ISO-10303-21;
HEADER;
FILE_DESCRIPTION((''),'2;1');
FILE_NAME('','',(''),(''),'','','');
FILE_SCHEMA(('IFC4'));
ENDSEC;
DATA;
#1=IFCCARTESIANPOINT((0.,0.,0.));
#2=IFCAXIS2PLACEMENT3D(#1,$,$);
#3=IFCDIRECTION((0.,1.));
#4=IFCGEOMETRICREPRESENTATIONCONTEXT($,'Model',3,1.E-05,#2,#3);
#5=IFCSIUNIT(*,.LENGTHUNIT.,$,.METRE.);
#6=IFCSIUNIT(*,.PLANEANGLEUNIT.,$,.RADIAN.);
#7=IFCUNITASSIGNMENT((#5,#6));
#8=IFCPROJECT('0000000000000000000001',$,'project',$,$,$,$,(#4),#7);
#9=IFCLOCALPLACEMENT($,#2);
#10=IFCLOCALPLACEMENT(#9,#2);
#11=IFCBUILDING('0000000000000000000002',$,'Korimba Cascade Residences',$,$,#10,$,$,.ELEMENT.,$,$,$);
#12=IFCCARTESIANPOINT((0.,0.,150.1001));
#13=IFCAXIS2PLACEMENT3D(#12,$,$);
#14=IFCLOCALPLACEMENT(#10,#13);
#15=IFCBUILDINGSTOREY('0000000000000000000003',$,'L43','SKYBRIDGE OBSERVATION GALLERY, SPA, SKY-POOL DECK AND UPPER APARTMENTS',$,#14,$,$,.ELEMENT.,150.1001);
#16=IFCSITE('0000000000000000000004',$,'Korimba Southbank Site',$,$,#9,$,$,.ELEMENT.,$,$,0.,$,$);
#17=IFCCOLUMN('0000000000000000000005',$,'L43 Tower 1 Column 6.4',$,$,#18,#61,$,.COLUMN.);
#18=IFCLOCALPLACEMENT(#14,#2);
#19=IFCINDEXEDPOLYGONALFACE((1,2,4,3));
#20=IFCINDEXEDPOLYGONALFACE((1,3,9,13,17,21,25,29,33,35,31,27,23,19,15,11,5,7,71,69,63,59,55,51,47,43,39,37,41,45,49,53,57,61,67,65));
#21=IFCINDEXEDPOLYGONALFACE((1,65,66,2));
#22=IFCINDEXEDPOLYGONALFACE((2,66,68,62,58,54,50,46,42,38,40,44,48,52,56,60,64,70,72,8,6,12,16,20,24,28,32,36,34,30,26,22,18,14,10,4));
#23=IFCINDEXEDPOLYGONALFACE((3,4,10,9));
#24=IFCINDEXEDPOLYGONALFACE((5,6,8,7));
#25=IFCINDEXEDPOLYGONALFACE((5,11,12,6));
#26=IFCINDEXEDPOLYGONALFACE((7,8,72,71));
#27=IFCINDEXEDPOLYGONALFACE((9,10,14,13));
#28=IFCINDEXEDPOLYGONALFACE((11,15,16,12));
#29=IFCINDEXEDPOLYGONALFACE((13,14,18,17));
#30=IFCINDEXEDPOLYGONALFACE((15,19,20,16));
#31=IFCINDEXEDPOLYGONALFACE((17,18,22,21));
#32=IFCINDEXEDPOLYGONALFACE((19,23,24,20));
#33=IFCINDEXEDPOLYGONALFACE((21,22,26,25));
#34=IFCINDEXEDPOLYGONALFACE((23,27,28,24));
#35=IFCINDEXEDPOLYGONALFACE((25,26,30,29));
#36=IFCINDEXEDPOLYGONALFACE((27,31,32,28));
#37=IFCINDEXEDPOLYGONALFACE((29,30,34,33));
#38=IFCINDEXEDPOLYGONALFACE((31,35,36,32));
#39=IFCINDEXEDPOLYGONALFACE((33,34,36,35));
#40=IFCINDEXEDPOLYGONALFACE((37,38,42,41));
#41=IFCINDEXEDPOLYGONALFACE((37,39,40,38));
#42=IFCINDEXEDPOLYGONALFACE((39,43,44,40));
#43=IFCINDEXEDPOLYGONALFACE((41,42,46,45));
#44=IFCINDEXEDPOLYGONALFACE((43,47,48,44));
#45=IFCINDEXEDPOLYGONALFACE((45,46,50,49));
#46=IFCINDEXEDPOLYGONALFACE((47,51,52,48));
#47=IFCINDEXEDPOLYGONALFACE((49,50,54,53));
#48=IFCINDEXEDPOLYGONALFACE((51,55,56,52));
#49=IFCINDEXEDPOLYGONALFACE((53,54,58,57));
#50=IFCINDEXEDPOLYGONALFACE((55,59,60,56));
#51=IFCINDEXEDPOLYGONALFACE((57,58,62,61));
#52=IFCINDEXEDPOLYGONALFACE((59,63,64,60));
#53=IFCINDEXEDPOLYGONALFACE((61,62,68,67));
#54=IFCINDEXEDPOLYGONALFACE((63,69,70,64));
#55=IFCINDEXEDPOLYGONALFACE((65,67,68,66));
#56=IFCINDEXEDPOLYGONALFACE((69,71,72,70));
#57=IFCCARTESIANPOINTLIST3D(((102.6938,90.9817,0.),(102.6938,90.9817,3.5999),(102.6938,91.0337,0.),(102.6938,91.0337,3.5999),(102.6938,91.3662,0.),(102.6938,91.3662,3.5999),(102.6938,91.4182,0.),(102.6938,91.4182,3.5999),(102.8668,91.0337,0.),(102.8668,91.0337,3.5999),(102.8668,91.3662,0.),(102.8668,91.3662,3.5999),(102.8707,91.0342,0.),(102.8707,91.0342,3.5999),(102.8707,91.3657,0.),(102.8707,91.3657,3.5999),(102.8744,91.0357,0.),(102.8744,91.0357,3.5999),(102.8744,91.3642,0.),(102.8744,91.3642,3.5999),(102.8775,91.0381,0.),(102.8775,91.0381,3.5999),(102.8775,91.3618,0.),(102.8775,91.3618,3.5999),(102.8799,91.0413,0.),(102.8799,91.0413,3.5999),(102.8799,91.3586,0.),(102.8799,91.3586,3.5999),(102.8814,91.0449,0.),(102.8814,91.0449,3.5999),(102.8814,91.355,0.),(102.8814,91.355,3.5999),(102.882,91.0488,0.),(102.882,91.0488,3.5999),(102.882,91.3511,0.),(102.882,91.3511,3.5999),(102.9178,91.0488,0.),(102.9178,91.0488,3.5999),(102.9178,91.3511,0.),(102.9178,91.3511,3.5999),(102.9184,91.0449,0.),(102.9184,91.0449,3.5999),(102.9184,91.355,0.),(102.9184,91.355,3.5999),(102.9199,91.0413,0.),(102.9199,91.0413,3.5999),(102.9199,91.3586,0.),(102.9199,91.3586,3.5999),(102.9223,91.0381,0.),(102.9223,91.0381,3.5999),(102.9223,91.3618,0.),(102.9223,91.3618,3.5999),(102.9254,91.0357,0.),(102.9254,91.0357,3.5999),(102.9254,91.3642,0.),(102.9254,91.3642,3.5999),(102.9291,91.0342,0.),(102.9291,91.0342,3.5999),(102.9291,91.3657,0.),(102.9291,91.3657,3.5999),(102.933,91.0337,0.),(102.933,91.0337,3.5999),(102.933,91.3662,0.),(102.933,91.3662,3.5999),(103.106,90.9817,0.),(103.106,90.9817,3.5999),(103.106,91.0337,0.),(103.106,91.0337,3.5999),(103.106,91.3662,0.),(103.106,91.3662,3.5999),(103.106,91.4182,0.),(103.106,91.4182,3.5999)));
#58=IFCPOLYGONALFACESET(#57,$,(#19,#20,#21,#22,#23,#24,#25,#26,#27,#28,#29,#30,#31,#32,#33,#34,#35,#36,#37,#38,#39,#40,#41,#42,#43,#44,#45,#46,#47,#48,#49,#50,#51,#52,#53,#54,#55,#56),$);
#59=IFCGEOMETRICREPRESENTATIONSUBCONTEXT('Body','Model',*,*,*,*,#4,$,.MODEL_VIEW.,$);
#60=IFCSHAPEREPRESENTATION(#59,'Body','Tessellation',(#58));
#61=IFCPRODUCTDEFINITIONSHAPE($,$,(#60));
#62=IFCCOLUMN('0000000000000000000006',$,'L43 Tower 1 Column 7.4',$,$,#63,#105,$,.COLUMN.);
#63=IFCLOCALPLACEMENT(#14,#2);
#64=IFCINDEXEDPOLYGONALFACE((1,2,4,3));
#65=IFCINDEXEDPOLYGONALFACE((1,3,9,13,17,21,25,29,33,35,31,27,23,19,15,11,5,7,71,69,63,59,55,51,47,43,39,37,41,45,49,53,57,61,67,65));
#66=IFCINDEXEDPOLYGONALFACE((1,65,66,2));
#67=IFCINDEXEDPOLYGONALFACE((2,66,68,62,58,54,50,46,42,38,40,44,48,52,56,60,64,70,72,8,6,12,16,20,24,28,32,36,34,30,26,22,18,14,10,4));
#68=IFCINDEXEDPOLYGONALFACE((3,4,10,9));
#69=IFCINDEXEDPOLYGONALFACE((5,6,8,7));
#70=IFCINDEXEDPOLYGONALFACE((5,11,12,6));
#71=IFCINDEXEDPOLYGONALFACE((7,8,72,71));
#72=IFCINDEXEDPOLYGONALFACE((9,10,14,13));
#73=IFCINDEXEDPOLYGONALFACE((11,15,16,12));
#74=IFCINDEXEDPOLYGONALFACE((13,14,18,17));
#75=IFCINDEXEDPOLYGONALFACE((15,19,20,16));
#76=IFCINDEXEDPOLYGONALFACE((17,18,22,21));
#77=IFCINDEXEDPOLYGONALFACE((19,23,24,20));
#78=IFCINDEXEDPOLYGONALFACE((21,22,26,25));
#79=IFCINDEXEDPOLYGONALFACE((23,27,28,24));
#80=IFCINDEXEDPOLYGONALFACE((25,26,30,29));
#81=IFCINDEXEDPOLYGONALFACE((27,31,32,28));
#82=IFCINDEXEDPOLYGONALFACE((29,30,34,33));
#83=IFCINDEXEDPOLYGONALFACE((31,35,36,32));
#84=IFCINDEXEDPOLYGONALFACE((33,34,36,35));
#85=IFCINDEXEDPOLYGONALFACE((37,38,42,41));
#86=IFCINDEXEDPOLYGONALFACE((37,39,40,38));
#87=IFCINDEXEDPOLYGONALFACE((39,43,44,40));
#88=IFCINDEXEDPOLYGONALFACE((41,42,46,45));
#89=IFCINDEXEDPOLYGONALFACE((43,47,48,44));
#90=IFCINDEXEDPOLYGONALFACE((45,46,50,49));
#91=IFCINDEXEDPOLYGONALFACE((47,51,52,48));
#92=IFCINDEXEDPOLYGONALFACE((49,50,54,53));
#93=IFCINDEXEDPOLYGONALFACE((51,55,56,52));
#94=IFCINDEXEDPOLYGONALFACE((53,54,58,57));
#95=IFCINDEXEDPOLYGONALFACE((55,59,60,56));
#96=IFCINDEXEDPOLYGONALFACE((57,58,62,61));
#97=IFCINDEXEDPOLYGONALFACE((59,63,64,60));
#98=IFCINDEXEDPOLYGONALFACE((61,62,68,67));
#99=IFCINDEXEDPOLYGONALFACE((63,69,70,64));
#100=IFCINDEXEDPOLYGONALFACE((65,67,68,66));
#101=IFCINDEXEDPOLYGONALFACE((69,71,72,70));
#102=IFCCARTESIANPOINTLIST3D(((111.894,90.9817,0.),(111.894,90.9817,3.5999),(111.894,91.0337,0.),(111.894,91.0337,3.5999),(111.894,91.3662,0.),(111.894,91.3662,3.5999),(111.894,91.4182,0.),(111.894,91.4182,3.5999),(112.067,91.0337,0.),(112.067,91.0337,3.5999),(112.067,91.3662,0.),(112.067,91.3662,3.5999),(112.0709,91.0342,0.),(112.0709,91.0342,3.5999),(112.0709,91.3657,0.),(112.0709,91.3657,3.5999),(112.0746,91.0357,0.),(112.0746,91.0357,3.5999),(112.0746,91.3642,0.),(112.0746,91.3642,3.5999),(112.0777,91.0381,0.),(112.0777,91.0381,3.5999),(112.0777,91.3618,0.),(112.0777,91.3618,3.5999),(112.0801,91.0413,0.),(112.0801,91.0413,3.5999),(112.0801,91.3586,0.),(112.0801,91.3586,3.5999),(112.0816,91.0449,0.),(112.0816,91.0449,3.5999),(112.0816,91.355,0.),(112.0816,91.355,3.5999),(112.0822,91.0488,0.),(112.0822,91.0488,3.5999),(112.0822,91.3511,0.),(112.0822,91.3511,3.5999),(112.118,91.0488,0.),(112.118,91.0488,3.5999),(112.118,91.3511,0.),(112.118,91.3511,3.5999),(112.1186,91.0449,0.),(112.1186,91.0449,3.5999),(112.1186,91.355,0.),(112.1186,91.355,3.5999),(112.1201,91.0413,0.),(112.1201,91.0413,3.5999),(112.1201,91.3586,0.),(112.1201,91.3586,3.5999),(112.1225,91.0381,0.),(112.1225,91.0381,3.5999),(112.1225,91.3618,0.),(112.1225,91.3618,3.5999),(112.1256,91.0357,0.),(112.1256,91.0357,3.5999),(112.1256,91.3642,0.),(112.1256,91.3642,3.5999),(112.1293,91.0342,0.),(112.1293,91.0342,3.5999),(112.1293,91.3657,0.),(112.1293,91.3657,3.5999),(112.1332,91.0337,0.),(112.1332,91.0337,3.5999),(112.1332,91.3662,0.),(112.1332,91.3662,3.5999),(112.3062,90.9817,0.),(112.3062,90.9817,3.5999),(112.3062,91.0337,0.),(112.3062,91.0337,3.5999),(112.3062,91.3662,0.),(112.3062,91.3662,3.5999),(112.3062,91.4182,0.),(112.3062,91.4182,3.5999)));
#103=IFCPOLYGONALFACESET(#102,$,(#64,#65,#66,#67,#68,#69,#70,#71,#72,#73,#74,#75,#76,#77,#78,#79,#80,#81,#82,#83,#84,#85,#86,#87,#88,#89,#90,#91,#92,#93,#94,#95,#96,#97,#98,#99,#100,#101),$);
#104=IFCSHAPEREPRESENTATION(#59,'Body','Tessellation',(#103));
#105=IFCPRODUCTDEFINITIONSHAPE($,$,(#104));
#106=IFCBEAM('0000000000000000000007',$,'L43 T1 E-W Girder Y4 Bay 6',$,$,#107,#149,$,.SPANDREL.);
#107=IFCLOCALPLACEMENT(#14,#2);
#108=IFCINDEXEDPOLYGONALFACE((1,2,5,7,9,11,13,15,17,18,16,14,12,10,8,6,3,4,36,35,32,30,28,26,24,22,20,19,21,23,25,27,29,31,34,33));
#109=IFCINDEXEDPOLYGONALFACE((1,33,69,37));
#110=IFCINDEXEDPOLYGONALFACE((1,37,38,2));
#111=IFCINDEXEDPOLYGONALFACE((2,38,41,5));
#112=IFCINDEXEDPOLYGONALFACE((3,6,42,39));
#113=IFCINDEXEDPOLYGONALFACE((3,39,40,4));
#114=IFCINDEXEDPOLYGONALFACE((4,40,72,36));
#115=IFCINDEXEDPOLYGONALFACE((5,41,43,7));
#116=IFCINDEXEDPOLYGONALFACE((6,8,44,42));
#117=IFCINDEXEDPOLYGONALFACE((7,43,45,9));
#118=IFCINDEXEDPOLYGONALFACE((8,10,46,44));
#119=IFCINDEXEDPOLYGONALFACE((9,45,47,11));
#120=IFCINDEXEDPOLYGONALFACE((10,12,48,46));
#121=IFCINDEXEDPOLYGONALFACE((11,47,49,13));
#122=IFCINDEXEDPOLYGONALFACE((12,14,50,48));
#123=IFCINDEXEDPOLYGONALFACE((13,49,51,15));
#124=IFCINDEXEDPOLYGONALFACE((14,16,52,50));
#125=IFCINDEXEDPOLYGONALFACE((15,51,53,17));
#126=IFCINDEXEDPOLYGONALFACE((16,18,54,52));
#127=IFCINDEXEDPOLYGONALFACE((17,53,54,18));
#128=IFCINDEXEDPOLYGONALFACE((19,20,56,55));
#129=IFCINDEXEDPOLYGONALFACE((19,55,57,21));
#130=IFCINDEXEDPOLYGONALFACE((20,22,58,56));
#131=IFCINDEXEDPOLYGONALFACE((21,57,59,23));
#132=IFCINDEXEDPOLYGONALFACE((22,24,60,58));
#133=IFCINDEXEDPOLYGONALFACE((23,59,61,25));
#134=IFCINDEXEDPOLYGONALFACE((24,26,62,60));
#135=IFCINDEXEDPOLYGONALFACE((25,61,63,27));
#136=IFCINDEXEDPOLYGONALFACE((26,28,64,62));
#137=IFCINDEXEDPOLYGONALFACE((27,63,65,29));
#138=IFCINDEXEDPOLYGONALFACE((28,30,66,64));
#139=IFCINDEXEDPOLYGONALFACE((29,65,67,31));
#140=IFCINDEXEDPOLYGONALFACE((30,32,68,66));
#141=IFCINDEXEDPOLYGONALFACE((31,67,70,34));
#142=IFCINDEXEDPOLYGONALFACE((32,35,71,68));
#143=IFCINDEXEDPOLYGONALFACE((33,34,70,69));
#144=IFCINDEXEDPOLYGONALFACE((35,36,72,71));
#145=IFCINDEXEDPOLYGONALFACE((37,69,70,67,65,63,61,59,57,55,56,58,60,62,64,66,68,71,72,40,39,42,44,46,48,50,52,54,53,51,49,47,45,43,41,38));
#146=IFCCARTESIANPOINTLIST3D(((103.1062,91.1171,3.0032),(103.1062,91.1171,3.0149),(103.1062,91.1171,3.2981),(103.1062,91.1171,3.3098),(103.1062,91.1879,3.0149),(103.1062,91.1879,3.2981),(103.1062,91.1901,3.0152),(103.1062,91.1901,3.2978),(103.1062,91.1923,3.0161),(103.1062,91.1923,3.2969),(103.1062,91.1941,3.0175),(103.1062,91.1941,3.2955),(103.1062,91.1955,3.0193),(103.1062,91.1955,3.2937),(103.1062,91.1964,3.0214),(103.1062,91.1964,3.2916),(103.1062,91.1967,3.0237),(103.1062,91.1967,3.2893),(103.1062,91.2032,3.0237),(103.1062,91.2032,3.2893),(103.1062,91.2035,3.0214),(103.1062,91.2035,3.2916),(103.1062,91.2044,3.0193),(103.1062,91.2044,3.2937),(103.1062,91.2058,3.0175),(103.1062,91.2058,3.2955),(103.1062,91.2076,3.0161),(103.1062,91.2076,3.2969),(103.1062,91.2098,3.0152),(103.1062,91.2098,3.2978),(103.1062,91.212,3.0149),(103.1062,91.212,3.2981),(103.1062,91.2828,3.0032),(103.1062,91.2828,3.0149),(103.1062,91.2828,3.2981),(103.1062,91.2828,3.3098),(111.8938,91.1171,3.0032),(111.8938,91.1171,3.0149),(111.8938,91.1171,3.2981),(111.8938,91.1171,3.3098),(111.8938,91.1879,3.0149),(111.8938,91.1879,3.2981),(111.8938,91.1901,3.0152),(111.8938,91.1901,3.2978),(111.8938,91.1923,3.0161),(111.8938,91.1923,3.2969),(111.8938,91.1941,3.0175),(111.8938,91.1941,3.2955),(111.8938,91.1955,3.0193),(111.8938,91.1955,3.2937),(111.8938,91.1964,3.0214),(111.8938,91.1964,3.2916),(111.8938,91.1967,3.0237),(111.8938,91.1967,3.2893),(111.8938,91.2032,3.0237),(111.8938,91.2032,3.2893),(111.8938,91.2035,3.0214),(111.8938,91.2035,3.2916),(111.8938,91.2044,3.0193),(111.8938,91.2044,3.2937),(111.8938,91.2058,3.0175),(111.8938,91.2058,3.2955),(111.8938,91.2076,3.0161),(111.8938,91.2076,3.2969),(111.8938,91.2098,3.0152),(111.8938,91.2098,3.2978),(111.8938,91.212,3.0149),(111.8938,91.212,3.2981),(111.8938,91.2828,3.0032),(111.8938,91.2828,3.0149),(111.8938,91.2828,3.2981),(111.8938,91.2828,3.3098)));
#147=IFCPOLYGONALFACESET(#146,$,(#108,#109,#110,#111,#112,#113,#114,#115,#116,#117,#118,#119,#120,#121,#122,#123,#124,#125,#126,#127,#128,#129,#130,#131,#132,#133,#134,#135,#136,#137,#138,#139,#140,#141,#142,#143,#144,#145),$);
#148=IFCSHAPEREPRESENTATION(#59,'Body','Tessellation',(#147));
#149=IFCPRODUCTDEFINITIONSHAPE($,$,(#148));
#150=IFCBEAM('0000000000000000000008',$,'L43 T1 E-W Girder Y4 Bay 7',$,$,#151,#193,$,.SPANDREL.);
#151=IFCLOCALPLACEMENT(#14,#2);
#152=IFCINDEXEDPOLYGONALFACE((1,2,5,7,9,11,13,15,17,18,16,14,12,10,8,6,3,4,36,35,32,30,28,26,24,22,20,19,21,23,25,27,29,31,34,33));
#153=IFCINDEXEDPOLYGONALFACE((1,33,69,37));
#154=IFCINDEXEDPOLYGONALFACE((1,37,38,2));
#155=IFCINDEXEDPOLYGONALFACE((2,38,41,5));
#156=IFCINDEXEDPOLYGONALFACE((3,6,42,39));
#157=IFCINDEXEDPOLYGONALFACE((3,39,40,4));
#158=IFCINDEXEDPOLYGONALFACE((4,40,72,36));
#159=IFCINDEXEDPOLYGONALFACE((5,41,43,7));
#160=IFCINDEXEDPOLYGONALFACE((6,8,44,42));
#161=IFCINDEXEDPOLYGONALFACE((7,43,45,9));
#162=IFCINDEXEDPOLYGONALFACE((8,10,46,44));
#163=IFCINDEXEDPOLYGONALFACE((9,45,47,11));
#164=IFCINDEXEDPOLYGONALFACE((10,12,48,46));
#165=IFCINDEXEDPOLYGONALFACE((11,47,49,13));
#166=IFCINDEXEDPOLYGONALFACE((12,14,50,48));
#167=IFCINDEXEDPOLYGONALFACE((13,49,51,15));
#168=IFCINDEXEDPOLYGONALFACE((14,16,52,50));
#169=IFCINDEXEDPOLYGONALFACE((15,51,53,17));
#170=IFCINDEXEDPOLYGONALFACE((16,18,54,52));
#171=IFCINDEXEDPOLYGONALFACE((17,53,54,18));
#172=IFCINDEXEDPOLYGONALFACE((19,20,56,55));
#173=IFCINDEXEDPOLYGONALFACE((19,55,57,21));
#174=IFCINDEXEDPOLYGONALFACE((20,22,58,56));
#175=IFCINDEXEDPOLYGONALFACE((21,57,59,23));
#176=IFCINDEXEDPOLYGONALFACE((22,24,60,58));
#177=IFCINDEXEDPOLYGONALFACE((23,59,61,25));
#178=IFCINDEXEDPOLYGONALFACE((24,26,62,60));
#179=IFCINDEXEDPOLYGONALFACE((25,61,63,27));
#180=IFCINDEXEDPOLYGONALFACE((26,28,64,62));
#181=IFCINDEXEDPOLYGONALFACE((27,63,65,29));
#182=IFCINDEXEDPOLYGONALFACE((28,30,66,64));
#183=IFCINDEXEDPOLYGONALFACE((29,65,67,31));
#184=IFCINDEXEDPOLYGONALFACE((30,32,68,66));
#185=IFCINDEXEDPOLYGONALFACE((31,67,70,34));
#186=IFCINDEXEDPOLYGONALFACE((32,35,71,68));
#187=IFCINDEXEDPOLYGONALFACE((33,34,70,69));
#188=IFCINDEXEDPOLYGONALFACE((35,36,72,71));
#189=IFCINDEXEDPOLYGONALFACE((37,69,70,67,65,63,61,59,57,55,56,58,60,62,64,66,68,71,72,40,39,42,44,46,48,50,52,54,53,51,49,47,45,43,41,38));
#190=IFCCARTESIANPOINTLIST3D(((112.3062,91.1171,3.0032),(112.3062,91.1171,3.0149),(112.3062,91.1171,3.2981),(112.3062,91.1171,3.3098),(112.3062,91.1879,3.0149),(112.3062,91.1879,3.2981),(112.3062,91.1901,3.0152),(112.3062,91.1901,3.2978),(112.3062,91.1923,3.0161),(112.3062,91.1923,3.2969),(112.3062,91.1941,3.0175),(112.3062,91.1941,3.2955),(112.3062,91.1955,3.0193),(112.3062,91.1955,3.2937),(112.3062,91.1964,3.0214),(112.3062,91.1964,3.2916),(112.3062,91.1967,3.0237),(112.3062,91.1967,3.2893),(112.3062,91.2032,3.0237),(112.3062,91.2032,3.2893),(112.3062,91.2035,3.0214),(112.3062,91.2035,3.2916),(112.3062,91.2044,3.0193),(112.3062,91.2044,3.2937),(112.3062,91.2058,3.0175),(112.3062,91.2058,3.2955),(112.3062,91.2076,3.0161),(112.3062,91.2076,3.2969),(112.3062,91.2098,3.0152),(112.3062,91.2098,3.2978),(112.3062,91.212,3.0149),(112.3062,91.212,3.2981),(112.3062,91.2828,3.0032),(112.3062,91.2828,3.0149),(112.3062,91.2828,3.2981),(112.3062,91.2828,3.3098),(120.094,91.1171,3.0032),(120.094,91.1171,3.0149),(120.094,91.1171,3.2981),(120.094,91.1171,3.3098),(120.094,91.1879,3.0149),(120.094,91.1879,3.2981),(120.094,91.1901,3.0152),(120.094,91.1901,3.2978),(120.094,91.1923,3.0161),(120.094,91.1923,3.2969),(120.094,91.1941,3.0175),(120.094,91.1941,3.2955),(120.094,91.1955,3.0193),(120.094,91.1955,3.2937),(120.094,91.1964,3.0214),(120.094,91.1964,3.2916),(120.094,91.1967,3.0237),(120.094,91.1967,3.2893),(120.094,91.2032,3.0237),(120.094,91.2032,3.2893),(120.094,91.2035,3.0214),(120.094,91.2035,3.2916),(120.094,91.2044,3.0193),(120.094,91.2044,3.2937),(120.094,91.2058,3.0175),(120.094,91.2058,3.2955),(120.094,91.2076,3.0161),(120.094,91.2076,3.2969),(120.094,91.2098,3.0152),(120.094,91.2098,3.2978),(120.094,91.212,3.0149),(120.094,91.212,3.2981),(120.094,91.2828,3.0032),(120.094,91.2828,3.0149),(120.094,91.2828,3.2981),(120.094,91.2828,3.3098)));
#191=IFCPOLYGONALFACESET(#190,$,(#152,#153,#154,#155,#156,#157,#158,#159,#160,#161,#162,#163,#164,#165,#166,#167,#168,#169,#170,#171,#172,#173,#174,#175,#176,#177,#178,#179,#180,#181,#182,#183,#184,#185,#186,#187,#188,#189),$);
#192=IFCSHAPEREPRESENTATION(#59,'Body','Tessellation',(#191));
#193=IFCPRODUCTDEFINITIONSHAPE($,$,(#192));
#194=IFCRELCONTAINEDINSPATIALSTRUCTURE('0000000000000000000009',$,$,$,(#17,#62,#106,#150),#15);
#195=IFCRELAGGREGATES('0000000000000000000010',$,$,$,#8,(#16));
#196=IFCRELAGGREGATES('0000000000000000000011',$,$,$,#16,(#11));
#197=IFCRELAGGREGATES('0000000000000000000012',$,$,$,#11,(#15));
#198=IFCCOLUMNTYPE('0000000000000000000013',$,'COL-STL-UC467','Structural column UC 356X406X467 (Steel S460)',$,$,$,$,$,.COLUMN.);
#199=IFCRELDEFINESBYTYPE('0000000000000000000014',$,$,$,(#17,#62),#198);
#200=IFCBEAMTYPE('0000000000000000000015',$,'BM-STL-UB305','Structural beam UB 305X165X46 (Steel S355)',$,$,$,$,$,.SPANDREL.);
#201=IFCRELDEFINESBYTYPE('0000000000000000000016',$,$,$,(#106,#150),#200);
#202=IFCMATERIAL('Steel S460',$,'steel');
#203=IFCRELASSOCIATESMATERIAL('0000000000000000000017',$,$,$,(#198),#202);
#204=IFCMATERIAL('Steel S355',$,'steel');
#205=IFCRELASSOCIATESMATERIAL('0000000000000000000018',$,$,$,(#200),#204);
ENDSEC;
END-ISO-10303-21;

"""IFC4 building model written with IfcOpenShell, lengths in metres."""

from ifc_helpers import new_model, si_unit, direction, frame, origin, origin_2d, place, context, subcontext, project, spatial, i_section, extrude, material, material_profile, profile_set, type_object, element, save


model = new_model("IFC4")

# Units and contexts
model_context = context("Model", 3, precision=1e-05, world=origin(), true_north=direction((0.0, 1.0)))
body_context = subcontext(model_context, "Body", "Model", "MODEL_VIEW")
ifc_project = project(units=[si_unit("LENGTHUNIT", "METRE"), si_unit("PLANEANGLEUNIT", "RADIAN")], contexts=[model_context])

# Site, building, storey
site_placement = place(None, origin())
site = spatial("IfcSite", under=ifc_project, at=site_placement, Name="Korimba Southbank Site", CompositionType="ELEMENT", RefElevation=0.0)
building_placement = place(site_placement, origin())
building = spatial("IfcBuilding", under=site, at=building_placement, Name="Korimba Cascade Residences", CompositionType="ELEMENT")
storey_placement = place(building_placement, frame((0.0, 0.0, 150.1001)))
storey = spatial("IfcBuildingStorey", under=building, at=storey_placement, Name="L43", Description="SKYBRIDGE OBSERVATION GALLERY, SPA, SKY-POOL DECK AND UPPER APARTMENTS", CompositionType="ELEMENT", Elevation=150.1001)

# Columns
ifc_material_1 = material(Name="Steel S460", Category="steel")
ifc_material_profile_1 = material_profile(ifc_material_1, i_section(OverallWidth=0.4121, OverallDepth=0.4365, WebThickness=0.0359, FlangeThickness=0.052, FilletRadius=0.0151, at=origin_2d()), Name="Steel S460")
ifc_profile_set_1 = profile_set([ifc_material_profile_1], Name="Steel S460")
column_type = type_object("IfcColumnType", Name="COL-STL-UC467", Description="Structural column UC 356X406X467 (Steel S460)", PredefinedType="COLUMN", material=ifc_profile_set_1)
for number, where, z_axis, x_axis, name in (
    (1, (102.8999, 91.2, 0.0), (0.0, 0.0, 1.0), (1.0, 0.0, 0.0), "L43 Tower 1 Column 6.4"),
    (2, (112.1001, 91.2, 0.0), (0.0, 0.0, 1.0), (1.0, 0.0, 0.0), "L43 Tower 1 Column 7.4"),
):
    element("IfcColumn", number, at=place(storey_placement, frame(where, z_axis=z_axis, x_axis=x_axis)), inside=storey, type_object=column_type, Name=name, PredefinedType="COLUMN", context=body_context, shape_type="SweptSolid", body=[
        extrude(i_section(OverallWidth=0.4121, OverallDepth=0.4365, WebThickness=0.0359, FlangeThickness=0.052, FilletRadius=0.0151, at=origin_2d()), origin(), (0.0, 0.0, 1.0), 3.5999),
    ])

# Beams
ifc_material_2 = material(Name="Steel S355", Category="steel")
ifc_material_profile_2 = material_profile(ifc_material_2, i_section(OverallWidth=0.1658, OverallDepth=0.3066, WebThickness=0.0066, FlangeThickness=0.0117, FilletRadius=0.0088, at=origin_2d()), Name="Steel S355")
ifc_profile_set_2 = profile_set([ifc_material_profile_2], Name="Steel S355")
beam_type_1 = type_object("IfcBeamType", Name="BM-STL-UB305", Description="Structural beam UB 305X165X46 (Steel S355)", PredefinedType="SPANDREL", material=ifc_profile_set_2)
beam_1_placement = place(storey_placement, frame((103.1062, 91.2, 3.1565), z_axis=(1.0, 0.0, 0.0), x_axis=(0.0, 1.0, 0.0)))
element("IfcBeam", 3, at=beam_1_placement, inside=storey, type_object=beam_type_1, Name="L43 T1 E-W Girder Y4 Bay 6", PredefinedType="SPANDREL", context=body_context, shape_type="SweptSolid", body=[
    extrude(i_section(OverallWidth=0.1658, OverallDepth=0.3066, WebThickness=0.0066, FlangeThickness=0.0117, FilletRadius=0.0088, at=origin_2d()), origin(), (0.0, 0.0, 1.0), 8.7876),
])
beam_2_placement = place(storey_placement, frame((112.3062, 91.2, 3.1565), z_axis=(1.0, 0.0, 0.0), x_axis=(0.0, 1.0, 0.0)))
element("IfcBeam", 4, at=beam_2_placement, inside=storey, type_object=beam_type_1, Name="L43 T1 E-W Girder Y4 Bay 7", PredefinedType="SPANDREL", context=body_context, shape_type="SweptSolid", body=[
    extrude(i_section(OverallWidth=0.1658, OverallDepth=0.3066, WebThickness=0.0066, FlangeThickness=0.0117, FilletRadius=0.0088, at=origin_2d()), origin(), (0.0, 0.0, 1.0), 7.7878),
])

save(model, "model.ifc")
